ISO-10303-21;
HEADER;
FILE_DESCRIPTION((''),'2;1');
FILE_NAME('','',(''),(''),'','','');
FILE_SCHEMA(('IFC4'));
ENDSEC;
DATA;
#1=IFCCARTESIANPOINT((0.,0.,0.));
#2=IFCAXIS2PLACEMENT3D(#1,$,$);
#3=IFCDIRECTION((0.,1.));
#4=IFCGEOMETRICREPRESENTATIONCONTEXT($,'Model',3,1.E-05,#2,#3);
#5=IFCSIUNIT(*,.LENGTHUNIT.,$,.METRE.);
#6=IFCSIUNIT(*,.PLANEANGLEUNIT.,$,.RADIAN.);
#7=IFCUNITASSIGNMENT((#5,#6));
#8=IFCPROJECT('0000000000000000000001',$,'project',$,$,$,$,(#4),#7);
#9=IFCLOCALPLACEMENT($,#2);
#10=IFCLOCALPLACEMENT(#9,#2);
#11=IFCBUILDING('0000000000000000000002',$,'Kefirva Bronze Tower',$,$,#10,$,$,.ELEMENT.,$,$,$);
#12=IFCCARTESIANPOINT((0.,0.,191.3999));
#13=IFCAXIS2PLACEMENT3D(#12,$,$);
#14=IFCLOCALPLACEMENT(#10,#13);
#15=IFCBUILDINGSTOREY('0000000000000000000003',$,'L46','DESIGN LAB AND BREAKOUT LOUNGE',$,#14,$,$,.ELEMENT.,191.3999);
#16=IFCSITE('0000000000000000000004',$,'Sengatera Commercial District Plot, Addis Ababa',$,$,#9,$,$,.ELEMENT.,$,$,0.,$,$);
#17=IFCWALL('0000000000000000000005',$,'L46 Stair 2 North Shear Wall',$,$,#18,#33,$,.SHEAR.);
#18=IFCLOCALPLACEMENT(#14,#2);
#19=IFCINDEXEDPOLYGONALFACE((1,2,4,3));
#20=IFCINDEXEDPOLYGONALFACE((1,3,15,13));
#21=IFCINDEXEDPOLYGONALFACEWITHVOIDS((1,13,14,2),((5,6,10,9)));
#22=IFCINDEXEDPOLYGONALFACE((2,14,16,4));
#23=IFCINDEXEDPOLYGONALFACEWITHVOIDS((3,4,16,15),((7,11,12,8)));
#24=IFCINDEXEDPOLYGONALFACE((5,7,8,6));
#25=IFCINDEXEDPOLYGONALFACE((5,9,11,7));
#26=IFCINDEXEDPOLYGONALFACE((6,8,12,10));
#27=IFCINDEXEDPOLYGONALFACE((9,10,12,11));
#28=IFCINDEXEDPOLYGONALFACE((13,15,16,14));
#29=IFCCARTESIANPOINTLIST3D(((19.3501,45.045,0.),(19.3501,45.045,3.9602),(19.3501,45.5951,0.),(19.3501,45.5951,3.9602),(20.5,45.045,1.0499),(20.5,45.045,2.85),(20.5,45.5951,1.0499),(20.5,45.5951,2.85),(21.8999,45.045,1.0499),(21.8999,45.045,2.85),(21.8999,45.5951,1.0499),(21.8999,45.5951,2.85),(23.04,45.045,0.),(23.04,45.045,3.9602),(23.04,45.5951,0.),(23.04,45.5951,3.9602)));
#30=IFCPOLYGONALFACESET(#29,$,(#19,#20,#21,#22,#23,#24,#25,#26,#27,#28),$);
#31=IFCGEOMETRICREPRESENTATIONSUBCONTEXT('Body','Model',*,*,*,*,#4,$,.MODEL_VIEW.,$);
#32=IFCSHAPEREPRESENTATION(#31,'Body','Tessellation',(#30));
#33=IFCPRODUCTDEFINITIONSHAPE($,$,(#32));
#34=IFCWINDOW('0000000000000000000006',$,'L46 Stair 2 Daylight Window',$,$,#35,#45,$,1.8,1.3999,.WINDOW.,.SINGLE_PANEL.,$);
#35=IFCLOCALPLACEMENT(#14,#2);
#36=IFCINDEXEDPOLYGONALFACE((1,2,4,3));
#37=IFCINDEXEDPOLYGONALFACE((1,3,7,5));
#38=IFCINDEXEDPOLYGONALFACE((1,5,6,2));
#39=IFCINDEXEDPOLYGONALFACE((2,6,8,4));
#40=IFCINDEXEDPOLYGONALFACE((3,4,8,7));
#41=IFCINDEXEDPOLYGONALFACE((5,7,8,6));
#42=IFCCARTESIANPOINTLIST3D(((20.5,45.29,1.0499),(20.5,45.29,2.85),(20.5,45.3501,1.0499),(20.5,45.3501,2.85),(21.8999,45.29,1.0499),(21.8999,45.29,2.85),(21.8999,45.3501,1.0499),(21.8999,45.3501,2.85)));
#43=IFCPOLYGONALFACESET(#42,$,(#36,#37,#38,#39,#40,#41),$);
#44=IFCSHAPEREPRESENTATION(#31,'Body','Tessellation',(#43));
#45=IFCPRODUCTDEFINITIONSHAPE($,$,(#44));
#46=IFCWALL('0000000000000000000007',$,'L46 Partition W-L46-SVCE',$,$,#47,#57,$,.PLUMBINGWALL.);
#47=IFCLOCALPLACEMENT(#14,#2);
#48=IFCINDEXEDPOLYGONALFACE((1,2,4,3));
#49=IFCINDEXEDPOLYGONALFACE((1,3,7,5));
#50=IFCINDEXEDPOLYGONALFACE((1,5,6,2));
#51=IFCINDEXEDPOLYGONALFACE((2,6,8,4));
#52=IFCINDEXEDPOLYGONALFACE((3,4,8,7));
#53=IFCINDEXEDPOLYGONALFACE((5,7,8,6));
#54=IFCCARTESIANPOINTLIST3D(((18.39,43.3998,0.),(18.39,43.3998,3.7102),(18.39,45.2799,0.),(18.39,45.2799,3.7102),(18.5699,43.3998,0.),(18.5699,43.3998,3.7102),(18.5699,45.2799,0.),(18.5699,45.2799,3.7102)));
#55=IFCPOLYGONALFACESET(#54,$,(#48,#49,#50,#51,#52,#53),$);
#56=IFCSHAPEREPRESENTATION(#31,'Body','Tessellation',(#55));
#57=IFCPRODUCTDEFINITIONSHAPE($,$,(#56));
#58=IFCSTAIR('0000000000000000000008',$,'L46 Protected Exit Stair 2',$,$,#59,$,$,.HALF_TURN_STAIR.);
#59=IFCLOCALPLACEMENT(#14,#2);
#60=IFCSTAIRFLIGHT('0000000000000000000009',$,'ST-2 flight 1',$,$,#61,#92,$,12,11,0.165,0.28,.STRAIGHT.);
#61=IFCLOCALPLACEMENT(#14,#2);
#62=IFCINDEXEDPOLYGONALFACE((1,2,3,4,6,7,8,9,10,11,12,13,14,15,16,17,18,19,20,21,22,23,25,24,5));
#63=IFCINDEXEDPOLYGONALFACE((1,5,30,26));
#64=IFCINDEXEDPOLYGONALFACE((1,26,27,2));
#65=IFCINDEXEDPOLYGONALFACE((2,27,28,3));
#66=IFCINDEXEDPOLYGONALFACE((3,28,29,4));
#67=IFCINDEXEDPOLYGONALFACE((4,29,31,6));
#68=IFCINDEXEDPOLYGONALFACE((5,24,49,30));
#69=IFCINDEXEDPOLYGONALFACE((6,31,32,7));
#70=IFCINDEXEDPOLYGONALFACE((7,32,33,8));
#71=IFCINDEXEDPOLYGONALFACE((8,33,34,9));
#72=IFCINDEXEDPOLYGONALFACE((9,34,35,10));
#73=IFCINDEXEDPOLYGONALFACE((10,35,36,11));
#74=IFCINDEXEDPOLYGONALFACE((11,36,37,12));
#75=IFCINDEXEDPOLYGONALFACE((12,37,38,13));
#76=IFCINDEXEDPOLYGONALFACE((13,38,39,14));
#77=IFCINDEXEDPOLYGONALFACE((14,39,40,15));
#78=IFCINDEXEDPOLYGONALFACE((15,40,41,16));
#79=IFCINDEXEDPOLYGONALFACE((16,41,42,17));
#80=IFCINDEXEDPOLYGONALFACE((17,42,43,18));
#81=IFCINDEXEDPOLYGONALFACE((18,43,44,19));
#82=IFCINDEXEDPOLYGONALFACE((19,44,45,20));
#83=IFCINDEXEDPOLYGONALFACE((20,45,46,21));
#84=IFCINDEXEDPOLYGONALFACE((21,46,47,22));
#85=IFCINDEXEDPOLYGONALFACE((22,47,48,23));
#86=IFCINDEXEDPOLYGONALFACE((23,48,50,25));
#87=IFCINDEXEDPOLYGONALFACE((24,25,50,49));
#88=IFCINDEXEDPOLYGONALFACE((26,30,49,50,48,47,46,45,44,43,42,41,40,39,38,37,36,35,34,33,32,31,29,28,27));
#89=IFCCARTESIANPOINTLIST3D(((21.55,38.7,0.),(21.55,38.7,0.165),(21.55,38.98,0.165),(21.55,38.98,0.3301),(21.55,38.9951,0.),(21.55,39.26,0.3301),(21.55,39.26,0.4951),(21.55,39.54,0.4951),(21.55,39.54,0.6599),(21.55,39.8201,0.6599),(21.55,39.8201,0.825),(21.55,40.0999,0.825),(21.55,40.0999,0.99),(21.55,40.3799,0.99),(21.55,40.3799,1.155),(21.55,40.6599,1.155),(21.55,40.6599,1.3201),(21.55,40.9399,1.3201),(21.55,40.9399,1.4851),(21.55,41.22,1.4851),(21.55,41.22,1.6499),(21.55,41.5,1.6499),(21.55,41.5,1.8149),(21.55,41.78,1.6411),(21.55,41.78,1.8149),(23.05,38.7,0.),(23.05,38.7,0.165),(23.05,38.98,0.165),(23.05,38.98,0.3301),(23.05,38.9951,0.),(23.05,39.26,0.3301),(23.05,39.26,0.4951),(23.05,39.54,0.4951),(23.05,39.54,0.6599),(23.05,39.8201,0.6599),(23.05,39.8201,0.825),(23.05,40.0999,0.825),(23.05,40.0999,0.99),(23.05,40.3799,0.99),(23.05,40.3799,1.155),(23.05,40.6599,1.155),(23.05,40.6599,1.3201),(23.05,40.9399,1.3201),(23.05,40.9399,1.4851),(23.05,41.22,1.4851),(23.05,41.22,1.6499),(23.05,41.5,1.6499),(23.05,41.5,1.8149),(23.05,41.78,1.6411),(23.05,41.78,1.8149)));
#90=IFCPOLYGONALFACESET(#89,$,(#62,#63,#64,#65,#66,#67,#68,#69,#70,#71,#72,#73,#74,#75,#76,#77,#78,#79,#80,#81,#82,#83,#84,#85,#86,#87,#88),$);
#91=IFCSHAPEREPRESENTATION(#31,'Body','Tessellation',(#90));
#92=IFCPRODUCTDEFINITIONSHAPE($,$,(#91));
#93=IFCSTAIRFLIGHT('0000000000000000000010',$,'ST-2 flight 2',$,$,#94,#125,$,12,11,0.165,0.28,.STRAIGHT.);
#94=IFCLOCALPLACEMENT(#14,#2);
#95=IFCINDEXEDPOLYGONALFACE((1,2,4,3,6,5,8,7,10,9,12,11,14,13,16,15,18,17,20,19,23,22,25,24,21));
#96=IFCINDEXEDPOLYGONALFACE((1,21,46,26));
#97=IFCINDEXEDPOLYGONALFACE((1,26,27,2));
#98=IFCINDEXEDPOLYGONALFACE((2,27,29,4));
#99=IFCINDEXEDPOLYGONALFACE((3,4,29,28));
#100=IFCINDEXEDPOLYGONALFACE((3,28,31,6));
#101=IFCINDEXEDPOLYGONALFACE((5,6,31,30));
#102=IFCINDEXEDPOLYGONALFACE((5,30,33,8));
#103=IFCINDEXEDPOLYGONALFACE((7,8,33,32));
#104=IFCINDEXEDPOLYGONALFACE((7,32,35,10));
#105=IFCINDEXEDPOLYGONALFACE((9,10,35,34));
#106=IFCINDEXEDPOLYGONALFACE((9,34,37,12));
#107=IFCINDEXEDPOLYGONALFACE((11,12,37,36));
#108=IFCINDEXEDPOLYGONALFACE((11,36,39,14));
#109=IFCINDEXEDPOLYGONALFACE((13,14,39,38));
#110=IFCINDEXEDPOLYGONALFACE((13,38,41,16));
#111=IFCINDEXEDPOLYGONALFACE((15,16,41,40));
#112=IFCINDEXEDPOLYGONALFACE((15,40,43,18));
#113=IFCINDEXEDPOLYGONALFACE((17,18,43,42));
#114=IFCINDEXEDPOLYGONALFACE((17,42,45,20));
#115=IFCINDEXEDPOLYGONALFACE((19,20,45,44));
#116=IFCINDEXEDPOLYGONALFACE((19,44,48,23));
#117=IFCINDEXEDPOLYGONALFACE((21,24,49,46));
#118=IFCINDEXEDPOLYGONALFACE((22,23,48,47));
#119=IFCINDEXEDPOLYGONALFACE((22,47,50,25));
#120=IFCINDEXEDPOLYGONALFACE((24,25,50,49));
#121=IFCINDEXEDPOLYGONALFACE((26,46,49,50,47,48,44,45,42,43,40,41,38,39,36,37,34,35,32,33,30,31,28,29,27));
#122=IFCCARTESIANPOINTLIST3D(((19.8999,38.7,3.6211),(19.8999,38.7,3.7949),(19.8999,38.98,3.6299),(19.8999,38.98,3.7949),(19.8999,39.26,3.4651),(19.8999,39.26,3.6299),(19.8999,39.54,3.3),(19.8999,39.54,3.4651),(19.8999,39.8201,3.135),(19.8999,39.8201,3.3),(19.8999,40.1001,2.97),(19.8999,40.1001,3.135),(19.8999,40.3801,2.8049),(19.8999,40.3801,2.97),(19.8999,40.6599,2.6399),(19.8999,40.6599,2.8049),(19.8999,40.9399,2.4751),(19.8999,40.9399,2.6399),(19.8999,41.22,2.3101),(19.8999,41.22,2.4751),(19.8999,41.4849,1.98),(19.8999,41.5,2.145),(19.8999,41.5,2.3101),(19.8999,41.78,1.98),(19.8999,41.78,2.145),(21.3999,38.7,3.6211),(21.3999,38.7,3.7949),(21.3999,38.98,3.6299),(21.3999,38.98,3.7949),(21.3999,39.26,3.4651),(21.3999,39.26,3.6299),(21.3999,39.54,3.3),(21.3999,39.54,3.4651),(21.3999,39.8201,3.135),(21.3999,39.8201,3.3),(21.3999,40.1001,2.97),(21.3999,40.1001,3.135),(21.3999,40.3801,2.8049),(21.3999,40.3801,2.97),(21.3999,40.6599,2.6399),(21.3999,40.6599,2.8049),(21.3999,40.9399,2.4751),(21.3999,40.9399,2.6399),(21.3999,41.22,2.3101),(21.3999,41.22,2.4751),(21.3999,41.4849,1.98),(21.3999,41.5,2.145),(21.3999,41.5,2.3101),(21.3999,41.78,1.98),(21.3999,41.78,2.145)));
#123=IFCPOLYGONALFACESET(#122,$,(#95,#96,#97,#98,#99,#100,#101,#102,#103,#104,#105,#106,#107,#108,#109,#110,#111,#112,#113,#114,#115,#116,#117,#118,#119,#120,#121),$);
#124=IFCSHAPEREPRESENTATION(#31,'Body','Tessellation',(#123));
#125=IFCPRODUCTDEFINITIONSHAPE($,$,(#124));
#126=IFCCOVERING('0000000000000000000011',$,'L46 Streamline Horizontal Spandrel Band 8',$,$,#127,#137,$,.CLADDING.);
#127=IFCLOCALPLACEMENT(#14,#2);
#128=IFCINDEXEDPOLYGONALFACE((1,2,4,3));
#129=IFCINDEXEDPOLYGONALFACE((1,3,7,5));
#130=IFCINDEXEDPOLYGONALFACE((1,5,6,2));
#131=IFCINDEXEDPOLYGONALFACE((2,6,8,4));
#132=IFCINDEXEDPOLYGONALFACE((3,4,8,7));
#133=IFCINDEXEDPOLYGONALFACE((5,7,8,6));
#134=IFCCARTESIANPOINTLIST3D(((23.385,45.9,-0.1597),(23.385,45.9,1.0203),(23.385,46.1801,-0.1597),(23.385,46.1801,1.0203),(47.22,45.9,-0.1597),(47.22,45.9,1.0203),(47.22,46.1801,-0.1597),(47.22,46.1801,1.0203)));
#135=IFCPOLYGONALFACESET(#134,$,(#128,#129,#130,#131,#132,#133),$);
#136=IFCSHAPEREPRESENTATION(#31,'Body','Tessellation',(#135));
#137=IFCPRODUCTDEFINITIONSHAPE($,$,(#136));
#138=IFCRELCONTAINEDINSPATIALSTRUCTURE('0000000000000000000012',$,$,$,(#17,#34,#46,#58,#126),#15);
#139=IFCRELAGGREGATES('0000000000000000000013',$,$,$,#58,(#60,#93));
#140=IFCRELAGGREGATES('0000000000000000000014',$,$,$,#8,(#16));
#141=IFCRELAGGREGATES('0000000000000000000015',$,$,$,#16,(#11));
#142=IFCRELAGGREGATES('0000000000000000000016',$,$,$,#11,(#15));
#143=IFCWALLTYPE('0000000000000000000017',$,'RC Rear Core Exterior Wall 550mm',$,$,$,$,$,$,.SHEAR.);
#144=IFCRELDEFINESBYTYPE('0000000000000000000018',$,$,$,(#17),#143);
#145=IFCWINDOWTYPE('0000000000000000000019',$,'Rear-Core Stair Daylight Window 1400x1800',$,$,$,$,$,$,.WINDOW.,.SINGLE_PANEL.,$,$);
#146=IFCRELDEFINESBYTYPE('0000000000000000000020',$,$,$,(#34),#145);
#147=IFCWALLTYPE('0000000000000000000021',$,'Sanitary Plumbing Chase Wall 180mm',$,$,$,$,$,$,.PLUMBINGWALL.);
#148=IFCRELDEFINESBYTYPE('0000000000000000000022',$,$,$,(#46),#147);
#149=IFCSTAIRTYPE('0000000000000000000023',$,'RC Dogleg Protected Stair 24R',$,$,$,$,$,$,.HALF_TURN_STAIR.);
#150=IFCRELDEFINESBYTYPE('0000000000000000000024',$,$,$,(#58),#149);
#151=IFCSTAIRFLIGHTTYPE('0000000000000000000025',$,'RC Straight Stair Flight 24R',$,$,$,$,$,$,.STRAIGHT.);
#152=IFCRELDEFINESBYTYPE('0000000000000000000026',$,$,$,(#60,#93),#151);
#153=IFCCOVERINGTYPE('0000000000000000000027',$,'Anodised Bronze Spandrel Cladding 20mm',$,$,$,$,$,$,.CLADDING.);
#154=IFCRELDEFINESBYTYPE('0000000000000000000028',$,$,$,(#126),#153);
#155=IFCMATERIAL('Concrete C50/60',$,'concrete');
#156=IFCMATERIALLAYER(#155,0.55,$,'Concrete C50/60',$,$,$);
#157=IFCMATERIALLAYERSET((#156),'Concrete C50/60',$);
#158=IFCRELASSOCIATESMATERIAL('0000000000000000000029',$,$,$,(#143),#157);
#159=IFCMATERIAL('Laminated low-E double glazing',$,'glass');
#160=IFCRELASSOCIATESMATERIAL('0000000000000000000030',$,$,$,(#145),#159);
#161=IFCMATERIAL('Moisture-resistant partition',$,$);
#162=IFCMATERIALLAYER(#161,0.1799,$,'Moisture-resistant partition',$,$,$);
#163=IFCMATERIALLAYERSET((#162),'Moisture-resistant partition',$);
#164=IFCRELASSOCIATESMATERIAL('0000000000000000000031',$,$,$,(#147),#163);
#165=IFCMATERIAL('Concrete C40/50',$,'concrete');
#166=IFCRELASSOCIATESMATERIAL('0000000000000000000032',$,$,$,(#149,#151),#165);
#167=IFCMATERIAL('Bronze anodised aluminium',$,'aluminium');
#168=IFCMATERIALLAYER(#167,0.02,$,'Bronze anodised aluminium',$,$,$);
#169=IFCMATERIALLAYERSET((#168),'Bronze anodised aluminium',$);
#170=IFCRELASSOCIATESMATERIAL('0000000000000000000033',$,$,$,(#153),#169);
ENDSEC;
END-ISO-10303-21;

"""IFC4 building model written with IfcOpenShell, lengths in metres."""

from ifc_helpers import new_model, si_unit, direction, frame, frame_2d, origin, origin_2d, place, context, subcontext, project, spatial, polyline, rectangle, outline, extrude, material, layer, layer_set, type_object, element, fill, aggregate, save


model = new_model("IFC4")

# Units and contexts
model_context = context("Model", 3, precision=1e-05, world=origin(), true_north=direction((0.0, 1.0)))
body_context = subcontext(model_context, "Body", "Model", "MODEL_VIEW")
ifc_project = project(units=[si_unit("LENGTHUNIT", "METRE"), si_unit("PLANEANGLEUNIT", "RADIAN")], contexts=[model_context])

# Site, building, storey
site_placement = place(None, origin())
site = spatial("IfcSite", under=ifc_project, at=site_placement, Name="Sengatera Commercial District Plot, Addis Ababa", CompositionType="ELEMENT", RefElevation=0.0)
building_placement = place(site_placement, origin())
building = spatial("IfcBuilding", under=site, at=building_placement, Name="Kefirva Bronze Tower", CompositionType="ELEMENT")
storey_placement = place(building_placement, frame((0.0, 0.0, 191.3999)))
storey = spatial("IfcBuildingStorey", under=building, at=storey_placement, Name="L46", Description="DESIGN LAB AND BREAKOUT LOUNGE", CompositionType="ELEMENT", Elevation=191.3999)

# Shared definitions
ifc_material_1 = material(Name="Concrete C50/60", Category="concrete")

# Shared definitions
ifc_material_2 = material(Name="Bronze anodised aluminium", Category="aluminium")

# Shared definitions
ifc_material_3 = material(Name="Laminated low-E double glazing", Category="glass")

# Wall, opening, window
ifc_layer_1 = layer(ifc_material_1, 0.55, Name="Concrete C50/60")
ifc_layer_set_1 = layer_set([ifc_layer_1], Name="Concrete C50/60")
wall_type_1 = type_object("IfcWallType", Name="RC Rear Core Exterior Wall 550mm", PredefinedType="SHEAR", material=ifc_layer_set_1)
wall_1_placement = place(storey_placement, frame((19.3501, 45.3201, 0.0), z_axis=(0.0, 0.0, 1.0), x_axis=(1.0, 0.0, 0.0)))
wall_1 = element("IfcWall", 1, at=wall_1_placement, inside=storey, type_object=wall_type_1, Name="L46 Stair 2 North Shear Wall", PredefinedType="SHEAR", context=body_context, shape_type="SweptSolid", body=[
    extrude(rectangle(XDim=3.6899, YDim=0.55, at=frame_2d((1.845, 0.0))), origin(), (0.0, 0.0, 1.0), 3.9602),
])
opening_placement = place(wall_1_placement, frame((1.1499, 0.0, 1.05)))
opening = element("IfcOpeningElement", 2, at=opening_placement, cuts=wall_1, PredefinedType="OPENING", context=body_context, shape_type="SweptSolid", body=[
    extrude(rectangle(XDim=1.3999, YDim=1.8, at=frame_2d((0.7, 0.8999))), frame((0.0, 0.2852, 0.0), z_axis=(0.0, -1.0, 0.0), x_axis=(1.0, 0.0, 0.0)), (0.0, 0.0, 1.0), 0.5701),
])
window_type = type_object("IfcWindowType", Name="Rear-Core Stair Daylight Window 1400x1800", PartitioningType="SINGLE_PANEL", PredefinedType="WINDOW", material=ifc_material_3)
window_placement = place(opening_placement, origin())
window = element("IfcWindow", 3, at=window_placement, inside=storey, type_object=window_type, Name="L46 Stair 2 Daylight Window", OverallHeight=1.8, OverallWidth=1.3999, PartitioningType="SINGLE_PANEL", PredefinedType="WINDOW", context=body_context, shape_type="SweptSolid", body=[
    extrude(rectangle(XDim=1.3999, YDim=1.8, at=frame_2d((0.7, 0.8999))), frame((0.0, 0.03, 0.0), z_axis=(0.0, -1.0, 0.0), x_axis=(1.0, 0.0, 0.0)), (0.0, 0.0, 1.0), 0.0601),
])
fill(opening, window)

# Wall
ifc_material_4 = material(Name="Moisture-resistant partition")
ifc_layer_2 = layer(ifc_material_4, 0.1799, Name="Moisture-resistant partition")
ifc_layer_set_2 = layer_set([ifc_layer_2], Name="Moisture-resistant partition")
wall_type_2 = type_object("IfcWallType", Name="Sanitary Plumbing Chase Wall 180mm", PredefinedType="PLUMBINGWALL", material=ifc_layer_set_2)
wall_2_placement = place(storey_placement, frame((18.48, 43.3999, 0.0), z_axis=(0.0, 0.0, 1.0), x_axis=(0.0, 1.0, 0.0)))
element("IfcWall", 4, at=wall_2_placement, inside=storey, type_object=wall_type_2, Name="L46 Partition W-L46-SVCE", PredefinedType="PLUMBINGWALL", context=body_context, shape_type="SweptSolid", body=[
    extrude(rectangle(XDim=1.8801, YDim=0.1799, at=frame_2d((0.9399, 0.0))), origin(), (0.0, 0.0, 1.0), 3.7102),
])

# Stair, stair flights
ifc_material_5 = material(Name="Concrete C40/50", Category="concrete")
stair_type = type_object("IfcStairType", Name="RC Dogleg Protected Stair 24R", PredefinedType="HALF_TURN_STAIR", material=ifc_material_5)
stair_placement = place(storey_placement, origin())
stair = element("IfcStair", 5, at=stair_placement, inside=storey, type_object=stair_type, Name="L46 Protected Exit Stair 2", PredefinedType="HALF_TURN_STAIR")
stair_flight_type = type_object("IfcStairFlightType", Name="RC Straight Stair Flight 24R", PredefinedType="STRAIGHT", material=ifc_material_5)
stair_flight_1_placement = place(storey_placement, frame((22.3, 38.7, 0.0), z_axis=(0.0, 0.0, 1.0), x_axis=(0.0, 1.0, 0.0)))
stair_flight_1 = element("IfcStairFlight", 6, at=stair_flight_1_placement, type_object=stair_flight_type, Name="ST-2 flight 1", NumberOfRisers=12, NumberOfTreads=11, PredefinedType="STRAIGHT", RiserHeight=0.165, TreadLength=0.28, context=body_context, shape_type="SweptSolid", body=[
    extrude(outline(polyline([(0.0, 0.0), (0.0, 0.165), (0.28, 0.165), (0.28, 0.3301), (0.5601, 0.3301), (0.5601, 0.4951), (0.8401, 0.4951), (0.8401, 0.6599), (1.1201, 0.6599), (1.1201, 0.825), (1.3999, 0.825), (1.3999, 0.99), (1.6799, 0.99), (1.6799, 1.155), (1.96, 1.155), (1.96, 1.3201), (2.24, 1.3201), (2.24, 1.4851), (2.52, 1.4851), (2.52, 1.6499), (2.8, 1.6499), (2.8, 1.8149), (3.0801, 1.8149), (3.0801, 1.98), (3.0801, 1.6411), (0.2952, 0.0), (0.0, 0.0)])), frame((0.0, 0.75, 0.0), z_axis=(0.0, -1.0, 0.0), x_axis=(1.0, 0.0, 0.0)), (0.0, 0.0, 1.0), 1.5),
])
stair_flight_2_placement = place(storey_placement, frame((20.6499, 41.78, 1.98), z_axis=(0.0, 0.0, 1.0), x_axis=(0.0, -1.0, 0.0)))
stair_flight_2 = element("IfcStairFlight", 7, at=stair_flight_2_placement, type_object=stair_flight_type, Name="ST-2 flight 2", NumberOfRisers=12, NumberOfTreads=11, PredefinedType="STRAIGHT", RiserHeight=0.165, TreadLength=0.28, context=body_context, shape_type="SweptSolid", body=[
    extrude(outline(polyline([(0.0, 0.0), (0.0, 0.165), (0.28, 0.165), (0.28, 0.3301), (0.5601, 0.3301), (0.5601, 0.4951), (0.8401, 0.4951), (0.8401, 0.6599), (1.1201, 0.6599), (1.1201, 0.825), (1.3999, 0.825), (1.3999, 0.99), (1.6799, 0.99), (1.6799, 1.155), (1.96, 1.155), (1.96, 1.3201), (2.24, 1.3201), (2.24, 1.4851), (2.52, 1.4851), (2.52, 1.6499), (2.8, 1.6499), (2.8, 1.8149), (3.0801, 1.8149), (3.0801, 1.98), (3.0801, 1.6411), (0.2952, 0.0), (0.0, 0.0)])), frame((0.0, 0.75, 0.0), z_axis=(0.0, -1.0, 0.0), x_axis=(1.0, 0.0, 0.0)), (0.0, 0.0, 1.0), 1.5),
])
aggregate(stair, [stair_flight_1, stair_flight_2])

# Covering
ifc_layer_3 = layer(ifc_material_2, 0.02, Name="Bronze anodised aluminium")
ifc_layer_set_3 = layer_set([ifc_layer_3], Name="Bronze anodised aluminium")
covering_type_1 = type_object("IfcCoveringType", Name="Anodised Bronze Spandrel Cladding 20mm", PredefinedType="CLADDING", material=ifc_layer_set_3)
covering_1_placement = place(storey_placement, frame((35.3025, 46.04, -0.1597), z_axis=(0.0, 0.0, 1.0), x_axis=(-1.0, 0.0, 0.0)))
element("IfcCovering", 8, at=covering_1_placement, inside=storey, type_object=covering_type_1, Name="L46 Streamline Horizontal Spandrel Band 8", PredefinedType="CLADDING", context=body_context, shape_type="SweptSolid", body=[
    extrude(rectangle(XDim=23.835, YDim=0.28, at=origin_2d()), origin(), (0.0, 0.0, 1.0), 1.1799),
])

save(model, "model.ifc")
